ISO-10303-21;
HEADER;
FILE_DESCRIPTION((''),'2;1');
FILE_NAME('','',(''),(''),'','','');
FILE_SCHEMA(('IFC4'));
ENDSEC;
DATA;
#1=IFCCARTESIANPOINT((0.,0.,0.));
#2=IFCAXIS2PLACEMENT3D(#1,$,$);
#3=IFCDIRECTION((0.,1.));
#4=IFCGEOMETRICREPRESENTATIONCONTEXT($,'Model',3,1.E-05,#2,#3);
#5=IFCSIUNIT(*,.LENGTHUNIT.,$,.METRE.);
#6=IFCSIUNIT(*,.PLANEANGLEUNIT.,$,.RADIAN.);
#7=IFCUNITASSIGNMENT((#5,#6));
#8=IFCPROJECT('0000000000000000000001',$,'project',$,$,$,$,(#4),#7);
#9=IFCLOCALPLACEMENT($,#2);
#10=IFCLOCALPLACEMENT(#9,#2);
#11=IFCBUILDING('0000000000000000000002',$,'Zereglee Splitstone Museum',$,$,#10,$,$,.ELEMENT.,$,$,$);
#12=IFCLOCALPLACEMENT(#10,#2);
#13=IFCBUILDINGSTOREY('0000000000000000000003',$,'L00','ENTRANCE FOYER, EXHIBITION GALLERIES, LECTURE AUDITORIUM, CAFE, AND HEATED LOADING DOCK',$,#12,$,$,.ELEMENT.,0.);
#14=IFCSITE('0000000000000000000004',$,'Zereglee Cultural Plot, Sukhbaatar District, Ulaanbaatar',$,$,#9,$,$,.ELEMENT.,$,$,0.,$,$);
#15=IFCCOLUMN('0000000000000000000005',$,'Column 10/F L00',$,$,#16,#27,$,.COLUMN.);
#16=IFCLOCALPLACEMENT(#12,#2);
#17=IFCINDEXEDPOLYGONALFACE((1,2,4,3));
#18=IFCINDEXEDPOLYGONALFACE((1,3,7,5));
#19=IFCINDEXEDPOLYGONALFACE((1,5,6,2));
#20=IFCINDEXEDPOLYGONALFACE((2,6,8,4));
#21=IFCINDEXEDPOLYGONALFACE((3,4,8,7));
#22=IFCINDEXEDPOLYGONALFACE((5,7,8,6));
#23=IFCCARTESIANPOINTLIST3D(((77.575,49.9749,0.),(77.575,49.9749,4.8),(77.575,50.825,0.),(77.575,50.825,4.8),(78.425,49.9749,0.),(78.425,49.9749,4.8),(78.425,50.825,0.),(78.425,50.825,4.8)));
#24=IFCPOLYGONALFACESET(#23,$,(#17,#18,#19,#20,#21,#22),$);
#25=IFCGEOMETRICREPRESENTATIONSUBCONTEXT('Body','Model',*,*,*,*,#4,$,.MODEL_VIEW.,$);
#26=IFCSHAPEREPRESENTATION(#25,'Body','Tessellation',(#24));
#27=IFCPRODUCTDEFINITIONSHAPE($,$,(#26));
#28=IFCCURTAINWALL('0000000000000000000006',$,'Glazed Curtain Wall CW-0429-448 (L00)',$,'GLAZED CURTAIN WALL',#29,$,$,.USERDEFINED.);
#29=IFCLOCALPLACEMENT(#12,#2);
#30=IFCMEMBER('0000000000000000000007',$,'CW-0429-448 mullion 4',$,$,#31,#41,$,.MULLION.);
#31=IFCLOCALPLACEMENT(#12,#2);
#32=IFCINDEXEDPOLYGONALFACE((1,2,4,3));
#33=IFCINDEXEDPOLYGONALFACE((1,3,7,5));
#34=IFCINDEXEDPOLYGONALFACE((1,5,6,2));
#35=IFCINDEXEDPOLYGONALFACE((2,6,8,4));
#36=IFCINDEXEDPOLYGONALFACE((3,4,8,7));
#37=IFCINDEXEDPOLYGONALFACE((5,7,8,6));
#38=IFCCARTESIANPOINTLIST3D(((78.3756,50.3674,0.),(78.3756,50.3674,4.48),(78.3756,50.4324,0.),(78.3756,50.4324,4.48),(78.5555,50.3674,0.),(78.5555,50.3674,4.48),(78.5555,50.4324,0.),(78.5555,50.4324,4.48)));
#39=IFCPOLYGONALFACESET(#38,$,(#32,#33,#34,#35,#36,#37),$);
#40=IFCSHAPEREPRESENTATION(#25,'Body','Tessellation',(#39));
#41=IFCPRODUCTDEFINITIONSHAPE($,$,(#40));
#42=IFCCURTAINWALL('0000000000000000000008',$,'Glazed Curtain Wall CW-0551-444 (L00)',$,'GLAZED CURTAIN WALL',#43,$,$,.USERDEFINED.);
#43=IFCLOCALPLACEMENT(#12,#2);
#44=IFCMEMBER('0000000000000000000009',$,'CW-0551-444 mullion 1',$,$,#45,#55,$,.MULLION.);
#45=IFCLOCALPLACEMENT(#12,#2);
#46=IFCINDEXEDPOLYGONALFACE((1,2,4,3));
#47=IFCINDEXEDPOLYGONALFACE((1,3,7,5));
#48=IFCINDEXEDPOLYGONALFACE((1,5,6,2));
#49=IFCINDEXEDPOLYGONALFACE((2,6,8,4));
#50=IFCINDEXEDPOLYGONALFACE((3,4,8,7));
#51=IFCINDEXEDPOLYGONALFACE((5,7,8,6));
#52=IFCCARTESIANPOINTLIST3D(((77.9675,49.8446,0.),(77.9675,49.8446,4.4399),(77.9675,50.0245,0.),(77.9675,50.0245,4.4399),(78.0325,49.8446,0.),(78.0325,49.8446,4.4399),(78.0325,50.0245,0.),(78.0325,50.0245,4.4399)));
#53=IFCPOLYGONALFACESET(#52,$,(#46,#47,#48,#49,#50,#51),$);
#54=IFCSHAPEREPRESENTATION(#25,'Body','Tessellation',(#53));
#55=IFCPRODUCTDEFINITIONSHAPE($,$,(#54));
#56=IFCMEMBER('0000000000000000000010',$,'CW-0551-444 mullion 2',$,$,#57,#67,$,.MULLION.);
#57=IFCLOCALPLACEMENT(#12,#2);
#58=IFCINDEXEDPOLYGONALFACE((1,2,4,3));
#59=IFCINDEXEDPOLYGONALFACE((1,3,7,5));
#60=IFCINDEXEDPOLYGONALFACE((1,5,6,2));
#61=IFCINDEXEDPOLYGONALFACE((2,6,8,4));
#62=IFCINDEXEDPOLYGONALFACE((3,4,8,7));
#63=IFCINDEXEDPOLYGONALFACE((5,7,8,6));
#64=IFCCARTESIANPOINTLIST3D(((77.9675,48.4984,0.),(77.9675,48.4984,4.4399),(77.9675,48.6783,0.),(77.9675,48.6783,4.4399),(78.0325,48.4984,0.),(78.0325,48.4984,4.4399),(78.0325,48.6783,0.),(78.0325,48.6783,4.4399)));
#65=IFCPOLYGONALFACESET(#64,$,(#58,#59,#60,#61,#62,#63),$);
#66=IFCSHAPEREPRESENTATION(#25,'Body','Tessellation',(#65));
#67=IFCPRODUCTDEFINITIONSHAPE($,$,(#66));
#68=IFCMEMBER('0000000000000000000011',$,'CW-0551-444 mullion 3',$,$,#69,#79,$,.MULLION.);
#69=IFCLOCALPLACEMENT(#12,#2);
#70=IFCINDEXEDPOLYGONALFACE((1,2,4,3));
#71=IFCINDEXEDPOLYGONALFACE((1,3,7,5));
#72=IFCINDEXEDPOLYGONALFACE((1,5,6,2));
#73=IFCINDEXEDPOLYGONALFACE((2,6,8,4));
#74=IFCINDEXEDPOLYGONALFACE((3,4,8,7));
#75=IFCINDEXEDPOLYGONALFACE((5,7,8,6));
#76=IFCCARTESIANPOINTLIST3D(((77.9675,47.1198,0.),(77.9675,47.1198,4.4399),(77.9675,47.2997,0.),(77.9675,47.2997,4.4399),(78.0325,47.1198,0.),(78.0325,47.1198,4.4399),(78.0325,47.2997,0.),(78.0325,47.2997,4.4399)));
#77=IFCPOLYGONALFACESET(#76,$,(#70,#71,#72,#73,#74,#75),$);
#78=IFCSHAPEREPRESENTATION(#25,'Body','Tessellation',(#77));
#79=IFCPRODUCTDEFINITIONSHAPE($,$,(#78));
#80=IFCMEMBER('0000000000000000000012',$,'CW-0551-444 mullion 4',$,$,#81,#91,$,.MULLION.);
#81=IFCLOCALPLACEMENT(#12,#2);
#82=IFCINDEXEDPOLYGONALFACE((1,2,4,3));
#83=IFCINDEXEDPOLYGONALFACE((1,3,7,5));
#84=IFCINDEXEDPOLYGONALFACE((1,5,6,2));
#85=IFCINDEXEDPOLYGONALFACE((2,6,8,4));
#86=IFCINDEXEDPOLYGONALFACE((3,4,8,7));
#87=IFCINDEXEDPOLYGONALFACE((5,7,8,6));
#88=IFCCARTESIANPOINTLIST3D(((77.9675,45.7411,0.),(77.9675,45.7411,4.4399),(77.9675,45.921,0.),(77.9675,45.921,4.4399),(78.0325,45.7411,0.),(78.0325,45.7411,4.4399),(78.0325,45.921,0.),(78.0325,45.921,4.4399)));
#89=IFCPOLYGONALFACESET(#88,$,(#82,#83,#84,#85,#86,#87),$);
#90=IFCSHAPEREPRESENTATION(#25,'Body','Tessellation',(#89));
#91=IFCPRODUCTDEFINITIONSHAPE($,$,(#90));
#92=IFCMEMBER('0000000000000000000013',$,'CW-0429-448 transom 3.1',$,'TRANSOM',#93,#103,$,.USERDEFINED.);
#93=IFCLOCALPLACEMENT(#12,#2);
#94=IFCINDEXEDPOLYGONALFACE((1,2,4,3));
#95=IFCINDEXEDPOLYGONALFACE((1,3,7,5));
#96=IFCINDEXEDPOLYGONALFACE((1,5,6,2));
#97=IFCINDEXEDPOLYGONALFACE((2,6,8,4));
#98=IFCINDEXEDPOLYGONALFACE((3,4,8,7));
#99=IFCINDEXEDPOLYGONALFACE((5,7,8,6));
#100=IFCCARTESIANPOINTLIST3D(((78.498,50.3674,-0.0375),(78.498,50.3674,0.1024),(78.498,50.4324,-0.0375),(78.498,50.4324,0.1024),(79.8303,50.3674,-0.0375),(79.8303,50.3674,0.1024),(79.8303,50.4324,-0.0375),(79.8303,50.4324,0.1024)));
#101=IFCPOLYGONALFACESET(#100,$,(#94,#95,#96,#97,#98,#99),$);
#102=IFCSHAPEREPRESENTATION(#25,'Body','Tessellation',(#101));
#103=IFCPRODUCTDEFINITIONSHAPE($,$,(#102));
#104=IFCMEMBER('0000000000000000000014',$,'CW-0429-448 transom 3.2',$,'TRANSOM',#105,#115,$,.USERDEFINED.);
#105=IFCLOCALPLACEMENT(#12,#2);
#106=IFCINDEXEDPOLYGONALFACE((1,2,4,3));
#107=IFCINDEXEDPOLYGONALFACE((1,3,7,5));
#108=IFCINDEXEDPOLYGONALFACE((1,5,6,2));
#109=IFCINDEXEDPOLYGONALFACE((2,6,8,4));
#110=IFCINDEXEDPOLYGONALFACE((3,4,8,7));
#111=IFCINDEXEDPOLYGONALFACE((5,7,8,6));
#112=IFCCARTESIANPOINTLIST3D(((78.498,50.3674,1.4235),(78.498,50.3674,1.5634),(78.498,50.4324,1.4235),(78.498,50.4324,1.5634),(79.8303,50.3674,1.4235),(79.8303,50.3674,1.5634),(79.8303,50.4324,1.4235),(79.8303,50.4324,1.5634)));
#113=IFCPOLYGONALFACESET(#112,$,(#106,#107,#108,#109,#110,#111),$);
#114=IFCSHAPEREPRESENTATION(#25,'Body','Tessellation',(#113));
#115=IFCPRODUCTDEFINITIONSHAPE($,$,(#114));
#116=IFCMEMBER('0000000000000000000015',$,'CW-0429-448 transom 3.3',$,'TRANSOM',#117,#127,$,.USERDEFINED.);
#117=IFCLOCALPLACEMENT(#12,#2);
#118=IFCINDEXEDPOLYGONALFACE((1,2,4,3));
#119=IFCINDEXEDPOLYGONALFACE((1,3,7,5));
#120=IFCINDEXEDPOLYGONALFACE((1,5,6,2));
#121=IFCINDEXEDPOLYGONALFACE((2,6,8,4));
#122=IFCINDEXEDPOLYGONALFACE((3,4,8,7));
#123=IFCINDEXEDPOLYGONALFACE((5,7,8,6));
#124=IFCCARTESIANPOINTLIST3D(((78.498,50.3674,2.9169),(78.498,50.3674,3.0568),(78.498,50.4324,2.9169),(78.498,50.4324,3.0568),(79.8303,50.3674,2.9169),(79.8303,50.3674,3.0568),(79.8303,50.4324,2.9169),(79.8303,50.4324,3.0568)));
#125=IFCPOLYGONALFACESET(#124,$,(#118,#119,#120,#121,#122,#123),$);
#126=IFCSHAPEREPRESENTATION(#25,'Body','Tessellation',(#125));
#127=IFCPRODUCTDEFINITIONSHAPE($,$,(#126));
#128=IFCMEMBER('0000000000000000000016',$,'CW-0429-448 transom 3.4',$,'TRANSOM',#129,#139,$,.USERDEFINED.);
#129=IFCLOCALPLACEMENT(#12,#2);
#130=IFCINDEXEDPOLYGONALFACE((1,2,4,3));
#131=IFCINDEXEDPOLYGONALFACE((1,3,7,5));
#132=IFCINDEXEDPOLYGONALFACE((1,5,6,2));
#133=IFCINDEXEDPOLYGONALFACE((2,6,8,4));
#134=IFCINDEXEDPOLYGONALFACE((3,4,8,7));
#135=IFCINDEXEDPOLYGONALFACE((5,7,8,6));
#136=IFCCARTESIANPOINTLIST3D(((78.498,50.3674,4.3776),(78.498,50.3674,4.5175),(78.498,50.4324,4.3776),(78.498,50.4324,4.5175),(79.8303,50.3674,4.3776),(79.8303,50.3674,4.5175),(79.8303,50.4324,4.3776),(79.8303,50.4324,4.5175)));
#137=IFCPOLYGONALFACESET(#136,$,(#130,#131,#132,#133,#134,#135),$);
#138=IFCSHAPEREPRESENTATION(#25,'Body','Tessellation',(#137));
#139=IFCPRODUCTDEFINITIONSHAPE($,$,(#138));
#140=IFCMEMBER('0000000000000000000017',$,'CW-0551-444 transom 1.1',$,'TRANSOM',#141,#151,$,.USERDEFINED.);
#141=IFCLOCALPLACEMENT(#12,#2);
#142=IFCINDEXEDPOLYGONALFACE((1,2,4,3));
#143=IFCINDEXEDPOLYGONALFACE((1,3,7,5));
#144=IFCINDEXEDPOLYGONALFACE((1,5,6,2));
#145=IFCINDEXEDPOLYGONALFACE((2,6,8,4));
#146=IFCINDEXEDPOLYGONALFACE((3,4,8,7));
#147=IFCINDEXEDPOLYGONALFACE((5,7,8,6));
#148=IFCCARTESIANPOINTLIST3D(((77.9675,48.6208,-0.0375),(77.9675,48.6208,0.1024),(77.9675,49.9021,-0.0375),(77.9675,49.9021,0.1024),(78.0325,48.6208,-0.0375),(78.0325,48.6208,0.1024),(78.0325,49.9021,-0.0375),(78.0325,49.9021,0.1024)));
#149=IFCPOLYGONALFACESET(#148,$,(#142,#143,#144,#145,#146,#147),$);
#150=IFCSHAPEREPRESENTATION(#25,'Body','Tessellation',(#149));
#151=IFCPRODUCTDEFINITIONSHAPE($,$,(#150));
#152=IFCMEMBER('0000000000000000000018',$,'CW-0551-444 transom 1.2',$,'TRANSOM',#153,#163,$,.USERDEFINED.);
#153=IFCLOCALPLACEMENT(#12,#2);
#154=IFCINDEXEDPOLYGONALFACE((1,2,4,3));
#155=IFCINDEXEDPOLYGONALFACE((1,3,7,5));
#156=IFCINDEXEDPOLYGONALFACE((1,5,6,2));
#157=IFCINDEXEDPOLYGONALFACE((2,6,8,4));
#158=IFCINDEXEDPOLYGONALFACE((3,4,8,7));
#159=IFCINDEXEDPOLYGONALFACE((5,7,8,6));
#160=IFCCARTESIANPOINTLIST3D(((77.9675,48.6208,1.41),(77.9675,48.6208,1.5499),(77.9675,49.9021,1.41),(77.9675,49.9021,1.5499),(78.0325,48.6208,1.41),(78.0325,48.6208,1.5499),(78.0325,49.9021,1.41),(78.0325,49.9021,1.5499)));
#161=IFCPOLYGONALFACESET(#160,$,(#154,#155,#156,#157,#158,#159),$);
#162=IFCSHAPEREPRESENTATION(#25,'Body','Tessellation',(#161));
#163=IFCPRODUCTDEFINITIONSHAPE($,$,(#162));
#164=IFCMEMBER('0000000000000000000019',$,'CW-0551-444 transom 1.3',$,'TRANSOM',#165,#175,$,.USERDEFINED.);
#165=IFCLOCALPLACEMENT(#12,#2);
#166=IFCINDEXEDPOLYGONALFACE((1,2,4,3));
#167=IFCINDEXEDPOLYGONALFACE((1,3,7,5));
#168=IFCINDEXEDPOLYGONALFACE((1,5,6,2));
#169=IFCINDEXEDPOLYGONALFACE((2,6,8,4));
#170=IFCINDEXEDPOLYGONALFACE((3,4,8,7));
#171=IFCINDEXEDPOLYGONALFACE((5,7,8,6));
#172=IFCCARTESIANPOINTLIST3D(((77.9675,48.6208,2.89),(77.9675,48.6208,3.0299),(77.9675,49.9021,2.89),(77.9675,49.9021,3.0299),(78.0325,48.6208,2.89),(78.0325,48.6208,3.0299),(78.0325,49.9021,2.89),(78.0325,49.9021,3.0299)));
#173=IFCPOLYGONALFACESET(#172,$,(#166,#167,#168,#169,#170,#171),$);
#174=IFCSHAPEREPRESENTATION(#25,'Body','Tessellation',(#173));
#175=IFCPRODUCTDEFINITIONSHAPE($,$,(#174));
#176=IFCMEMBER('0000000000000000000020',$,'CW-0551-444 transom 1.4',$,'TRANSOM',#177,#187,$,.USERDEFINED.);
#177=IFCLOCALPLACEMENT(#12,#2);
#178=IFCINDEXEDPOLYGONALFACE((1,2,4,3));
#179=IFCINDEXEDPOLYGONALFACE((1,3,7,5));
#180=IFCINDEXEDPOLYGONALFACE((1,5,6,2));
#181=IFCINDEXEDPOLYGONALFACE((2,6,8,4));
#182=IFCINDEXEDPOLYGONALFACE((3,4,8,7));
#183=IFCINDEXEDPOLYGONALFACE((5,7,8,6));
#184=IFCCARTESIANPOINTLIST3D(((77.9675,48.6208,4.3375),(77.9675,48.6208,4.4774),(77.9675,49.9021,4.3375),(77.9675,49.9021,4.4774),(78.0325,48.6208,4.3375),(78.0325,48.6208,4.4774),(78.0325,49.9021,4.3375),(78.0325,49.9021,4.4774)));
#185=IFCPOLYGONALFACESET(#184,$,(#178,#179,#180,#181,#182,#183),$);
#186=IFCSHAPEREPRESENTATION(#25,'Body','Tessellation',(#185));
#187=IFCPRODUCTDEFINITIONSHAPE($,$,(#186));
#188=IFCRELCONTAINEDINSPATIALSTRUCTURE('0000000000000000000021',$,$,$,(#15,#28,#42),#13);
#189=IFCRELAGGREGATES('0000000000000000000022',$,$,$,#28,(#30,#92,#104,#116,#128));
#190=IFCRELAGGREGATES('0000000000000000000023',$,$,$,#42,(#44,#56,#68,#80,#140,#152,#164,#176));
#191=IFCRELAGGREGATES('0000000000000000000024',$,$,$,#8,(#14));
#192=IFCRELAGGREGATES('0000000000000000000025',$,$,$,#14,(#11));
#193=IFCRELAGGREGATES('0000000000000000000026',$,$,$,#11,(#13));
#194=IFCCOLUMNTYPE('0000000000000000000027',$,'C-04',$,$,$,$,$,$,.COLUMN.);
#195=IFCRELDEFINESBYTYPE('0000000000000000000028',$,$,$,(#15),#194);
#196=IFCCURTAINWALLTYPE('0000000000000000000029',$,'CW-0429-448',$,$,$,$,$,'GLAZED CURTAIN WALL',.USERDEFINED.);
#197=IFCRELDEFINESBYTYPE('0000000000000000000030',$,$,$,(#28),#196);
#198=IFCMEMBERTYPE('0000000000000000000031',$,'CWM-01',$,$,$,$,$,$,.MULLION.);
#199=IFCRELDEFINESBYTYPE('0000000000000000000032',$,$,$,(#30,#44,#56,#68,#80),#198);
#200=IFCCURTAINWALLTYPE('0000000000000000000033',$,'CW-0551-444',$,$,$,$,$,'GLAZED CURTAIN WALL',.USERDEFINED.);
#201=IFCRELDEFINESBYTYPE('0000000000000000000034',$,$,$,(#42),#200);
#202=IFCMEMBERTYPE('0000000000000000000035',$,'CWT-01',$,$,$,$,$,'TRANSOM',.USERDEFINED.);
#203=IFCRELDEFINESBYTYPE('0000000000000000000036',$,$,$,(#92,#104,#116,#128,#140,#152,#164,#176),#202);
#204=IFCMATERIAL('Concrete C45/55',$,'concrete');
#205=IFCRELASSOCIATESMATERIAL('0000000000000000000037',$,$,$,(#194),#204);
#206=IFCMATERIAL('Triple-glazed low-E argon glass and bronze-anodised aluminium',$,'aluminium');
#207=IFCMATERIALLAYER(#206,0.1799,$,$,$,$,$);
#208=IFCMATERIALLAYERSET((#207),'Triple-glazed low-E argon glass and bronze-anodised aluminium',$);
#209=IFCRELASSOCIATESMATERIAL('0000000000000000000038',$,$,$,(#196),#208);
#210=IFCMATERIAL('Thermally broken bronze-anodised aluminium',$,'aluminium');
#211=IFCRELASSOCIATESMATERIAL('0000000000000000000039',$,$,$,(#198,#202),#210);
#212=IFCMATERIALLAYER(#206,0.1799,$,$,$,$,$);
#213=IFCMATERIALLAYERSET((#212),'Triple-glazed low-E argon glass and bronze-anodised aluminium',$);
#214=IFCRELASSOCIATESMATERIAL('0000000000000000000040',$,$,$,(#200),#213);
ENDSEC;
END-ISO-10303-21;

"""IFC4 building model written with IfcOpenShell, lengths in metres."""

from ifc_helpers import new_model, si_unit, direction, frame, origin, origin_2d, place, context, subcontext, project, spatial, rectangle, extrude, material, layer, layer_set, material_profile, profile_set, type_object, element, aggregate, save


model = new_model("IFC4")

# Units and contexts
model_context = context("Model", 3, precision=1e-05, world=origin(), true_north=direction((0.0, 1.0)))
body_context = subcontext(model_context, "Body", "Model", "MODEL_VIEW")
ifc_project = project(units=[si_unit("LENGTHUNIT", "METRE"), si_unit("PLANEANGLEUNIT", "RADIAN")], contexts=[model_context])

# Site, building, storey
site_placement = place(None, origin())
site = spatial("IfcSite", under=ifc_project, at=site_placement, Name="Zereglee Cultural Plot, Sukhbaatar District, Ulaanbaatar", CompositionType="ELEMENT", RefElevation=0.0)
building_placement = place(site_placement, origin())
building = spatial("IfcBuilding", under=site, at=building_placement, Name="Zereglee Splitstone Museum", CompositionType="ELEMENT")
storey_placement = place(building_placement, origin())
storey = spatial("IfcBuildingStorey", under=building, at=storey_placement, Name="L00", Description="ENTRANCE FOYER, EXHIBITION GALLERIES, LECTURE AUDITORIUM, CAFE, AND HEATED LOADING DOCK", CompositionType="ELEMENT", Elevation=0.0)

# Column
ifc_material_1 = material(Name="Concrete C45/55", Category="concrete")
ifc_material_profile_1 = material_profile(ifc_material_1, rectangle(XDim=0.8501, YDim=0.8501, at=origin_2d()), Name="RC 850x850")
ifc_profile_set_1 = profile_set([ifc_material_profile_1], Name="Concrete C45/55")
column_type = type_object("IfcColumnType", Name="C-04", PredefinedType="COLUMN", material=ifc_profile_set_1)
column_placement = place(storey_placement, frame((78.0, 50.3999, 0.0), z_axis=(0.0, 0.0, 1.0), x_axis=(1.0, 0.0, 0.0)))
element("IfcColumn", 1, at=column_placement, inside=storey, type_object=column_type, Name="Column 10/F L00", PredefinedType="COLUMN", context=body_context, shape_type="SweptSolid", body=[
    extrude(rectangle(XDim=0.8501, YDim=0.8501, at=origin_2d()), origin(), (0.0, 0.0, 1.0), 4.8),
])

# Curtain wall, member
ifc_material_2 = material(Name="Triple-glazed low-E argon glass and bronze-anodised aluminium", Category="aluminium")
ifc_layer_1 = layer(ifc_material_2, 0.1799)
ifc_layer_set_1 = layer_set([ifc_layer_1], Name="Triple-glazed low-E argon glass and bronze-anodised aluminium")
curtain_wall_type_1 = type_object("IfcCurtainWallType", Name="CW-0429-448", ElementType="GLAZED CURTAIN WALL", PredefinedType="USERDEFINED", material=ifc_layer_set_1)
curtain_wall_1_placement = place(storey_placement, origin())
curtain_wall_1 = element("IfcCurtainWall", 2, at=curtain_wall_1_placement, inside=storey, type_object=curtain_wall_type_1, Name="Glazed Curtain Wall CW-0429-448 (L00)", ObjectType="GLAZED CURTAIN WALL", PredefinedType="USERDEFINED")
ifc_material_3 = material(Name="Thermally broken bronze-anodised aluminium", Category="aluminium")
ifc_material_profile_2 = material_profile(ifc_material_3, rectangle(XDim=0.0649, YDim=0.1799, at=origin_2d()), Name="CW MULL 65x180")
ifc_profile_set_2 = profile_set([ifc_material_profile_2], Name="Thermally broken bronze-anodised aluminium")
member_type_1 = type_object("IfcMemberType", Name="CWM-01", PredefinedType="MULLION", material=ifc_profile_set_2)
member_1_placement = place(storey_placement, frame((78.4656, 50.3999, 0.0), z_axis=(0.0, 0.0, 1.0), x_axis=(0.0, -1.0, 0.0)))
member_1 = element("IfcMember", 3, at=member_1_placement, type_object=member_type_1, Name="CW-0429-448 mullion 4", PredefinedType="MULLION", context=body_context, shape_type="SweptSolid", body=[
    extrude(rectangle(XDim=0.0649, YDim=0.1799, at=origin_2d()), origin(), (0.0, 0.0, 1.0), 4.48),
])

# Curtain wall, members
ifc_layer_2 = layer(ifc_material_2, 0.1799)
ifc_layer_set_2 = layer_set([ifc_layer_2], Name="Triple-glazed low-E argon glass and bronze-anodised aluminium")
curtain_wall_type_2 = type_object("IfcCurtainWallType", Name="CW-0551-444", ElementType="GLAZED CURTAIN WALL", PredefinedType="USERDEFINED", material=ifc_layer_set_2)
curtain_wall_2_placement = place(storey_placement, origin())
curtain_wall_2 = element("IfcCurtainWall", 4, at=curtain_wall_2_placement, inside=storey, type_object=curtain_wall_type_2, Name="Glazed Curtain Wall CW-0551-444 (L00)", ObjectType="GLAZED CURTAIN WALL", PredefinedType="USERDEFINED")
member_2_placement = place(storey_placement, frame((78.0, 49.9346, 0.0), z_axis=(0.0, 0.0, 1.0), x_axis=(1.0, 0.0, 0.0)))
member_2 = element("IfcMember", 5, at=member_2_placement, type_object=member_type_1, Name="CW-0551-444 mullion 1", PredefinedType="MULLION", context=body_context, shape_type="SweptSolid", body=[
    extrude(rectangle(XDim=0.0649, YDim=0.1799, at=origin_2d()), origin(), (0.0, 0.0, 1.0), 4.4399),
])
member_3_placement = place(storey_placement, frame((78.0, 48.5884, 0.0), z_axis=(0.0, 0.0, 1.0), x_axis=(1.0, 0.0, 0.0)))
member_3 = element("IfcMember", 6, at=member_3_placement, type_object=member_type_1, Name="CW-0551-444 mullion 2", PredefinedType="MULLION", context=body_context, shape_type="SweptSolid", body=[
    extrude(rectangle(XDim=0.0649, YDim=0.1799, at=origin_2d()), origin(), (0.0, 0.0, 1.0), 4.4399),
])
member_4_placement = place(storey_placement, frame((78.0, 47.2097, 0.0), z_axis=(0.0, 0.0, 1.0), x_axis=(1.0, 0.0, 0.0)))
member_4 = element("IfcMember", 7, at=member_4_placement, type_object=member_type_1, Name="CW-0551-444 mullion 3", PredefinedType="MULLION", context=body_context, shape_type="SweptSolid", body=[
    extrude(rectangle(XDim=0.0649, YDim=0.1799, at=origin_2d()), origin(), (0.0, 0.0, 1.0), 4.4399),
])
member_5_placement = place(storey_placement, frame((78.0, 45.8311, 0.0), z_axis=(0.0, 0.0, 1.0), x_axis=(1.0, 0.0, 0.0)))
member_5 = element("IfcMember", 8, at=member_5_placement, type_object=member_type_1, Name="CW-0551-444 mullion 4", PredefinedType="MULLION", context=body_context, shape_type="SweptSolid", body=[
    extrude(rectangle(XDim=0.0649, YDim=0.1799, at=origin_2d()), origin(), (0.0, 0.0, 1.0), 4.4399),
])

# Members
ifc_material_profile_3 = material_profile(ifc_material_3, rectangle(XDim=0.0649, YDim=0.1399, at=origin_2d()), Name="CW TRAN 65x140")
ifc_profile_set_3 = profile_set([ifc_material_profile_3], Name="Thermally broken bronze-anodised aluminium")
member_type_2 = type_object("IfcMemberType", Name="CWT-01", ElementType="TRANSOM", PredefinedType="USERDEFINED", material=ifc_profile_set_3)
member_6_placement = place(storey_placement, frame((79.8303, 50.3999, 0.0325), z_axis=(-1.0, 0.0, 0.0), x_axis=(0.0, -1.0, 0.0)))
member_6 = element("IfcMember", 9, at=member_6_placement, type_object=member_type_2, Name="CW-0429-448 transom 3.1", ObjectType="TRANSOM", PredefinedType="USERDEFINED", context=body_context, shape_type="SweptSolid", body=[
    extrude(rectangle(XDim=0.0649, YDim=0.1399, at=origin_2d()), origin(), (0.0, 0.0, 1.0), 1.3323),
])
member_7_placement = place(storey_placement, frame((79.8303, 50.3999, 1.4934), z_axis=(-1.0, 0.0, 0.0), x_axis=(0.0, -1.0, 0.0)))
member_7 = element("IfcMember", 10, at=member_7_placement, type_object=member_type_2, Name="CW-0429-448 transom 3.2", ObjectType="TRANSOM", PredefinedType="USERDEFINED", context=body_context, shape_type="SweptSolid", body=[
    extrude(rectangle(XDim=0.0649, YDim=0.1399, at=origin_2d()), origin(), (0.0, 0.0, 1.0), 1.3323),
])
member_8_placement = place(storey_placement, frame((79.8303, 50.3999, 2.9868), z_axis=(-1.0, 0.0, 0.0), x_axis=(0.0, -1.0, 0.0)))
member_8 = element("IfcMember", 11, at=member_8_placement, type_object=member_type_2, Name="CW-0429-448 transom 3.3", ObjectType="TRANSOM", PredefinedType="USERDEFINED", context=body_context, shape_type="SweptSolid", body=[
    extrude(rectangle(XDim=0.0649, YDim=0.1399, at=origin_2d()), origin(), (0.0, 0.0, 1.0), 1.3323),
])
member_9_placement = place(storey_placement, frame((79.8303, 50.3999, 4.4475), z_axis=(-1.0, 0.0, 0.0), x_axis=(0.0, -1.0, 0.0)))
member_9 = element("IfcMember", 12, at=member_9_placement, type_object=member_type_2, Name="CW-0429-448 transom 3.4", ObjectType="TRANSOM", PredefinedType="USERDEFINED", context=body_context, shape_type="SweptSolid", body=[
    extrude(rectangle(XDim=0.0649, YDim=0.1399, at=origin_2d()), origin(), (0.0, 0.0, 1.0), 1.3323),
])
member_10_placement = place(storey_placement, frame((78.0, 49.9021, 0.0325), z_axis=(0.0, -1.0, 0.0), x_axis=(1.0, 0.0, 0.0)))
member_10 = element("IfcMember", 13, at=member_10_placement, type_object=member_type_2, Name="CW-0551-444 transom 1.1", ObjectType="TRANSOM", PredefinedType="USERDEFINED", context=body_context, shape_type="SweptSolid", body=[
    extrude(rectangle(XDim=0.0649, YDim=0.1399, at=origin_2d()), origin(), (0.0, 0.0, 1.0), 1.2812),
])
member_11_placement = place(storey_placement, frame((78.0, 49.9021, 1.48), z_axis=(0.0, -1.0, 0.0), x_axis=(1.0, 0.0, 0.0)))
member_11 = element("IfcMember", 14, at=member_11_placement, type_object=member_type_2, Name="CW-0551-444 transom 1.2", ObjectType="TRANSOM", PredefinedType="USERDEFINED", context=body_context, shape_type="SweptSolid", body=[
    extrude(rectangle(XDim=0.0649, YDim=0.1399, at=origin_2d()), origin(), (0.0, 0.0, 1.0), 1.2812),
])
member_12_placement = place(storey_placement, frame((78.0, 49.9021, 2.96), z_axis=(0.0, -1.0, 0.0), x_axis=(1.0, 0.0, 0.0)))
member_12 = element("IfcMember", 15, at=member_12_placement, type_object=member_type_2, Name="CW-0551-444 transom 1.3", ObjectType="TRANSOM", PredefinedType="USERDEFINED", context=body_context, shape_type="SweptSolid", body=[
    extrude(rectangle(XDim=0.0649, YDim=0.1399, at=origin_2d()), origin(), (0.0, 0.0, 1.0), 1.2812),
])
member_13_placement = place(storey_placement, frame((78.0, 49.9021, 4.4075), z_axis=(0.0, -1.0, 0.0), x_axis=(1.0, 0.0, 0.0)))
member_13 = element("IfcMember", 16, at=member_13_placement, type_object=member_type_2, Name="CW-0551-444 transom 1.4", ObjectType="TRANSOM", PredefinedType="USERDEFINED", context=body_context, shape_type="SweptSolid", body=[
    extrude(rectangle(XDim=0.0649, YDim=0.1399, at=origin_2d()), origin(), (0.0, 0.0, 1.0), 1.2812),
])

aggregate(curtain_wall_1, [member_1, member_6, member_7, member_8, member_9])
aggregate(curtain_wall_2, [member_2, member_3, member_4, member_5, member_10, member_11, member_12, member_13])

save(model, "model.ifc")
